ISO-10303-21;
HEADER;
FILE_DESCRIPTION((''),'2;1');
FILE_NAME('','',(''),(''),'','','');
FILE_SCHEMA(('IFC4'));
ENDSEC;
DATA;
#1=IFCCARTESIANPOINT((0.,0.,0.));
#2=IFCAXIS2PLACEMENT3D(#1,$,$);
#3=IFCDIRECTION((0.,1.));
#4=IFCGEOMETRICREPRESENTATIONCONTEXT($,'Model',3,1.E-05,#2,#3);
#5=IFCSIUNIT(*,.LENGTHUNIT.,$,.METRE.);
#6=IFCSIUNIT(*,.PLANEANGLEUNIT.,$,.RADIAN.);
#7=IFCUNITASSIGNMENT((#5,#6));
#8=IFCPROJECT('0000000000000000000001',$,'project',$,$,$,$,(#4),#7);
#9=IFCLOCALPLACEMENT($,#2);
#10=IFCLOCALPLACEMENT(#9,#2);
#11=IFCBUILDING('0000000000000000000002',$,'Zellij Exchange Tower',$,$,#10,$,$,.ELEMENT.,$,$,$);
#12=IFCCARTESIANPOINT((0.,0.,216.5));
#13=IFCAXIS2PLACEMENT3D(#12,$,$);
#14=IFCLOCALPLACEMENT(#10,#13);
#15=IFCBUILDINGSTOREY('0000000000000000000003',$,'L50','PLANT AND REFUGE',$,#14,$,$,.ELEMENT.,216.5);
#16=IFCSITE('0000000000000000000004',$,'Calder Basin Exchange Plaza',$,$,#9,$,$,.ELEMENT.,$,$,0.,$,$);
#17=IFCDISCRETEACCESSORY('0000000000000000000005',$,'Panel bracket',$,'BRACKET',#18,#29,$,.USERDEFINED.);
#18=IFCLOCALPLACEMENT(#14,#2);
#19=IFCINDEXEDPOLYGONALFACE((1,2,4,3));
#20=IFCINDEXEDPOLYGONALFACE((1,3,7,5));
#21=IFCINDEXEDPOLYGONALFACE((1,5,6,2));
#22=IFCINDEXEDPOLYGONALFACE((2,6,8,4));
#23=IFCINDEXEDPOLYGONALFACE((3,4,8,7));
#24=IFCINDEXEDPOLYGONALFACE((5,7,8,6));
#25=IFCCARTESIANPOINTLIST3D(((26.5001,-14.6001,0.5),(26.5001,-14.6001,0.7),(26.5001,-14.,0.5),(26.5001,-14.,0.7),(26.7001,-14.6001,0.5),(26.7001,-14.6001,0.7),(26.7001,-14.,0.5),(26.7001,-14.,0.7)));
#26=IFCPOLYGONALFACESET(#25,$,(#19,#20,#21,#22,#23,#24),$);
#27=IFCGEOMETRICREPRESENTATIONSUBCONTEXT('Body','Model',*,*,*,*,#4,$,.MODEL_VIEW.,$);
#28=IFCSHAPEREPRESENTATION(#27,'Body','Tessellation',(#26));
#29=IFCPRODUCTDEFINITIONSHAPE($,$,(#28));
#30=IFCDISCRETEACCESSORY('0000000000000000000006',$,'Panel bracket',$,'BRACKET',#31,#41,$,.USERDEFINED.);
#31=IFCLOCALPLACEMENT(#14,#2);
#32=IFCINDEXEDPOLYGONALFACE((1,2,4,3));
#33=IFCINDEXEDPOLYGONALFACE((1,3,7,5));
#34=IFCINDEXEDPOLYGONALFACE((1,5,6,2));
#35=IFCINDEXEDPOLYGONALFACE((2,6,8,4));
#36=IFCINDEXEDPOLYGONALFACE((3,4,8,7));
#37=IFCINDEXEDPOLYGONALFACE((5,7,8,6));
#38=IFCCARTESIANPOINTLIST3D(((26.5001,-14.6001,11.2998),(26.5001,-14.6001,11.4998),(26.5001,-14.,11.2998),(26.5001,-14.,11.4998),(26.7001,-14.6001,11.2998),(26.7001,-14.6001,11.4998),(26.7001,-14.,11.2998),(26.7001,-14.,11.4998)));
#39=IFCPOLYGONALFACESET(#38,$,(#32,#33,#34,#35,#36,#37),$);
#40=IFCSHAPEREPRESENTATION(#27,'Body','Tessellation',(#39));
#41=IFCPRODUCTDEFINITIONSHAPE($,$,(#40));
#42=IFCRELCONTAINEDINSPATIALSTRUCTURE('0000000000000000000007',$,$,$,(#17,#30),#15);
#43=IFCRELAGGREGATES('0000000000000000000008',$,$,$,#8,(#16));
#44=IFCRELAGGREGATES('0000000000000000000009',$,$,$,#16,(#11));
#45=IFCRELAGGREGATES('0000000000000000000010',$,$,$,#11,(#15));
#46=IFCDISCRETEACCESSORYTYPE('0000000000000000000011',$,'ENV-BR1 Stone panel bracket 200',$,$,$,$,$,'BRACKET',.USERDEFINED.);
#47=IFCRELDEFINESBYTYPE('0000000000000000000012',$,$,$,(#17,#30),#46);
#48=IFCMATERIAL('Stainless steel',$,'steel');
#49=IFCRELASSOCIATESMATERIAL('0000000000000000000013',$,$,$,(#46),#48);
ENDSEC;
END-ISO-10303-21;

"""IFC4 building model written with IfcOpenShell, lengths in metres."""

from ifc_helpers import new_model, si_unit, direction, frame, origin, origin_2d, place, context, subcontext, project, spatial, rectangle, extrude, material, type_object, element, save


model = new_model("IFC4")

# Units and contexts
model_context = context("Model", 3, precision=1e-05, world=origin(), true_north=direction((0.0, 1.0)))
body_context = subcontext(model_context, "Body", "Model", "MODEL_VIEW")
ifc_project = project(units=[si_unit("LENGTHUNIT", "METRE"), si_unit("PLANEANGLEUNIT", "RADIAN")], contexts=[model_context])

# Site, building, storey
site_placement = place(None, origin())
site = spatial("IfcSite", under=ifc_project, at=site_placement, Name="Calder Basin Exchange Plaza", CompositionType="ELEMENT", RefElevation=0.0)
building_placement = place(site_placement, origin())
building = spatial("IfcBuilding", under=site, at=building_placement, Name="Zellij Exchange Tower", CompositionType="ELEMENT")
storey_placement = place(building_placement, frame((0.0, 0.0, 216.5)))
storey = spatial("IfcBuildingStorey", under=building, at=storey_placement, Name="L50", Description="PLANT AND REFUGE", CompositionType="ELEMENT", Elevation=216.5)

# Shared definitions
ifc_material_1 = material(Name="Stainless steel", Category="steel")

# Discrete accessories
discrete_accessory_type = type_object("IfcDiscreteAccessoryType", Name="ENV-BR1 Stone panel bracket 200", ElementType="BRACKET", PredefinedType="USERDEFINED", material=ifc_material_1)
for number, where, z_axis, x_axis, name in (
    (1, (26.6001, -14.3, 0.5), (0.0, 0.0, 1.0), (1.0, 0.0, 0.0), "Panel bracket"),
    (2, (26.6001, -14.3, 11.2998), (0.0, 0.0, 1.0), (1.0, 0.0, 0.0), "Panel bracket"),
):
    element("IfcDiscreteAccessory", number, at=place(storey_placement, frame(where, z_axis=z_axis, x_axis=x_axis)), inside=storey, type_object=discrete_accessory_type, Name=name, ObjectType="BRACKET", PredefinedType="USERDEFINED", context=body_context, shape_type="SweptSolid", body=[
        extrude(rectangle(XDim=0.2, YDim=0.6001, at=origin_2d()), origin(), (0.0, 0.0, 1.0), 0.2),
    ])

save(model, "model.ifc")
